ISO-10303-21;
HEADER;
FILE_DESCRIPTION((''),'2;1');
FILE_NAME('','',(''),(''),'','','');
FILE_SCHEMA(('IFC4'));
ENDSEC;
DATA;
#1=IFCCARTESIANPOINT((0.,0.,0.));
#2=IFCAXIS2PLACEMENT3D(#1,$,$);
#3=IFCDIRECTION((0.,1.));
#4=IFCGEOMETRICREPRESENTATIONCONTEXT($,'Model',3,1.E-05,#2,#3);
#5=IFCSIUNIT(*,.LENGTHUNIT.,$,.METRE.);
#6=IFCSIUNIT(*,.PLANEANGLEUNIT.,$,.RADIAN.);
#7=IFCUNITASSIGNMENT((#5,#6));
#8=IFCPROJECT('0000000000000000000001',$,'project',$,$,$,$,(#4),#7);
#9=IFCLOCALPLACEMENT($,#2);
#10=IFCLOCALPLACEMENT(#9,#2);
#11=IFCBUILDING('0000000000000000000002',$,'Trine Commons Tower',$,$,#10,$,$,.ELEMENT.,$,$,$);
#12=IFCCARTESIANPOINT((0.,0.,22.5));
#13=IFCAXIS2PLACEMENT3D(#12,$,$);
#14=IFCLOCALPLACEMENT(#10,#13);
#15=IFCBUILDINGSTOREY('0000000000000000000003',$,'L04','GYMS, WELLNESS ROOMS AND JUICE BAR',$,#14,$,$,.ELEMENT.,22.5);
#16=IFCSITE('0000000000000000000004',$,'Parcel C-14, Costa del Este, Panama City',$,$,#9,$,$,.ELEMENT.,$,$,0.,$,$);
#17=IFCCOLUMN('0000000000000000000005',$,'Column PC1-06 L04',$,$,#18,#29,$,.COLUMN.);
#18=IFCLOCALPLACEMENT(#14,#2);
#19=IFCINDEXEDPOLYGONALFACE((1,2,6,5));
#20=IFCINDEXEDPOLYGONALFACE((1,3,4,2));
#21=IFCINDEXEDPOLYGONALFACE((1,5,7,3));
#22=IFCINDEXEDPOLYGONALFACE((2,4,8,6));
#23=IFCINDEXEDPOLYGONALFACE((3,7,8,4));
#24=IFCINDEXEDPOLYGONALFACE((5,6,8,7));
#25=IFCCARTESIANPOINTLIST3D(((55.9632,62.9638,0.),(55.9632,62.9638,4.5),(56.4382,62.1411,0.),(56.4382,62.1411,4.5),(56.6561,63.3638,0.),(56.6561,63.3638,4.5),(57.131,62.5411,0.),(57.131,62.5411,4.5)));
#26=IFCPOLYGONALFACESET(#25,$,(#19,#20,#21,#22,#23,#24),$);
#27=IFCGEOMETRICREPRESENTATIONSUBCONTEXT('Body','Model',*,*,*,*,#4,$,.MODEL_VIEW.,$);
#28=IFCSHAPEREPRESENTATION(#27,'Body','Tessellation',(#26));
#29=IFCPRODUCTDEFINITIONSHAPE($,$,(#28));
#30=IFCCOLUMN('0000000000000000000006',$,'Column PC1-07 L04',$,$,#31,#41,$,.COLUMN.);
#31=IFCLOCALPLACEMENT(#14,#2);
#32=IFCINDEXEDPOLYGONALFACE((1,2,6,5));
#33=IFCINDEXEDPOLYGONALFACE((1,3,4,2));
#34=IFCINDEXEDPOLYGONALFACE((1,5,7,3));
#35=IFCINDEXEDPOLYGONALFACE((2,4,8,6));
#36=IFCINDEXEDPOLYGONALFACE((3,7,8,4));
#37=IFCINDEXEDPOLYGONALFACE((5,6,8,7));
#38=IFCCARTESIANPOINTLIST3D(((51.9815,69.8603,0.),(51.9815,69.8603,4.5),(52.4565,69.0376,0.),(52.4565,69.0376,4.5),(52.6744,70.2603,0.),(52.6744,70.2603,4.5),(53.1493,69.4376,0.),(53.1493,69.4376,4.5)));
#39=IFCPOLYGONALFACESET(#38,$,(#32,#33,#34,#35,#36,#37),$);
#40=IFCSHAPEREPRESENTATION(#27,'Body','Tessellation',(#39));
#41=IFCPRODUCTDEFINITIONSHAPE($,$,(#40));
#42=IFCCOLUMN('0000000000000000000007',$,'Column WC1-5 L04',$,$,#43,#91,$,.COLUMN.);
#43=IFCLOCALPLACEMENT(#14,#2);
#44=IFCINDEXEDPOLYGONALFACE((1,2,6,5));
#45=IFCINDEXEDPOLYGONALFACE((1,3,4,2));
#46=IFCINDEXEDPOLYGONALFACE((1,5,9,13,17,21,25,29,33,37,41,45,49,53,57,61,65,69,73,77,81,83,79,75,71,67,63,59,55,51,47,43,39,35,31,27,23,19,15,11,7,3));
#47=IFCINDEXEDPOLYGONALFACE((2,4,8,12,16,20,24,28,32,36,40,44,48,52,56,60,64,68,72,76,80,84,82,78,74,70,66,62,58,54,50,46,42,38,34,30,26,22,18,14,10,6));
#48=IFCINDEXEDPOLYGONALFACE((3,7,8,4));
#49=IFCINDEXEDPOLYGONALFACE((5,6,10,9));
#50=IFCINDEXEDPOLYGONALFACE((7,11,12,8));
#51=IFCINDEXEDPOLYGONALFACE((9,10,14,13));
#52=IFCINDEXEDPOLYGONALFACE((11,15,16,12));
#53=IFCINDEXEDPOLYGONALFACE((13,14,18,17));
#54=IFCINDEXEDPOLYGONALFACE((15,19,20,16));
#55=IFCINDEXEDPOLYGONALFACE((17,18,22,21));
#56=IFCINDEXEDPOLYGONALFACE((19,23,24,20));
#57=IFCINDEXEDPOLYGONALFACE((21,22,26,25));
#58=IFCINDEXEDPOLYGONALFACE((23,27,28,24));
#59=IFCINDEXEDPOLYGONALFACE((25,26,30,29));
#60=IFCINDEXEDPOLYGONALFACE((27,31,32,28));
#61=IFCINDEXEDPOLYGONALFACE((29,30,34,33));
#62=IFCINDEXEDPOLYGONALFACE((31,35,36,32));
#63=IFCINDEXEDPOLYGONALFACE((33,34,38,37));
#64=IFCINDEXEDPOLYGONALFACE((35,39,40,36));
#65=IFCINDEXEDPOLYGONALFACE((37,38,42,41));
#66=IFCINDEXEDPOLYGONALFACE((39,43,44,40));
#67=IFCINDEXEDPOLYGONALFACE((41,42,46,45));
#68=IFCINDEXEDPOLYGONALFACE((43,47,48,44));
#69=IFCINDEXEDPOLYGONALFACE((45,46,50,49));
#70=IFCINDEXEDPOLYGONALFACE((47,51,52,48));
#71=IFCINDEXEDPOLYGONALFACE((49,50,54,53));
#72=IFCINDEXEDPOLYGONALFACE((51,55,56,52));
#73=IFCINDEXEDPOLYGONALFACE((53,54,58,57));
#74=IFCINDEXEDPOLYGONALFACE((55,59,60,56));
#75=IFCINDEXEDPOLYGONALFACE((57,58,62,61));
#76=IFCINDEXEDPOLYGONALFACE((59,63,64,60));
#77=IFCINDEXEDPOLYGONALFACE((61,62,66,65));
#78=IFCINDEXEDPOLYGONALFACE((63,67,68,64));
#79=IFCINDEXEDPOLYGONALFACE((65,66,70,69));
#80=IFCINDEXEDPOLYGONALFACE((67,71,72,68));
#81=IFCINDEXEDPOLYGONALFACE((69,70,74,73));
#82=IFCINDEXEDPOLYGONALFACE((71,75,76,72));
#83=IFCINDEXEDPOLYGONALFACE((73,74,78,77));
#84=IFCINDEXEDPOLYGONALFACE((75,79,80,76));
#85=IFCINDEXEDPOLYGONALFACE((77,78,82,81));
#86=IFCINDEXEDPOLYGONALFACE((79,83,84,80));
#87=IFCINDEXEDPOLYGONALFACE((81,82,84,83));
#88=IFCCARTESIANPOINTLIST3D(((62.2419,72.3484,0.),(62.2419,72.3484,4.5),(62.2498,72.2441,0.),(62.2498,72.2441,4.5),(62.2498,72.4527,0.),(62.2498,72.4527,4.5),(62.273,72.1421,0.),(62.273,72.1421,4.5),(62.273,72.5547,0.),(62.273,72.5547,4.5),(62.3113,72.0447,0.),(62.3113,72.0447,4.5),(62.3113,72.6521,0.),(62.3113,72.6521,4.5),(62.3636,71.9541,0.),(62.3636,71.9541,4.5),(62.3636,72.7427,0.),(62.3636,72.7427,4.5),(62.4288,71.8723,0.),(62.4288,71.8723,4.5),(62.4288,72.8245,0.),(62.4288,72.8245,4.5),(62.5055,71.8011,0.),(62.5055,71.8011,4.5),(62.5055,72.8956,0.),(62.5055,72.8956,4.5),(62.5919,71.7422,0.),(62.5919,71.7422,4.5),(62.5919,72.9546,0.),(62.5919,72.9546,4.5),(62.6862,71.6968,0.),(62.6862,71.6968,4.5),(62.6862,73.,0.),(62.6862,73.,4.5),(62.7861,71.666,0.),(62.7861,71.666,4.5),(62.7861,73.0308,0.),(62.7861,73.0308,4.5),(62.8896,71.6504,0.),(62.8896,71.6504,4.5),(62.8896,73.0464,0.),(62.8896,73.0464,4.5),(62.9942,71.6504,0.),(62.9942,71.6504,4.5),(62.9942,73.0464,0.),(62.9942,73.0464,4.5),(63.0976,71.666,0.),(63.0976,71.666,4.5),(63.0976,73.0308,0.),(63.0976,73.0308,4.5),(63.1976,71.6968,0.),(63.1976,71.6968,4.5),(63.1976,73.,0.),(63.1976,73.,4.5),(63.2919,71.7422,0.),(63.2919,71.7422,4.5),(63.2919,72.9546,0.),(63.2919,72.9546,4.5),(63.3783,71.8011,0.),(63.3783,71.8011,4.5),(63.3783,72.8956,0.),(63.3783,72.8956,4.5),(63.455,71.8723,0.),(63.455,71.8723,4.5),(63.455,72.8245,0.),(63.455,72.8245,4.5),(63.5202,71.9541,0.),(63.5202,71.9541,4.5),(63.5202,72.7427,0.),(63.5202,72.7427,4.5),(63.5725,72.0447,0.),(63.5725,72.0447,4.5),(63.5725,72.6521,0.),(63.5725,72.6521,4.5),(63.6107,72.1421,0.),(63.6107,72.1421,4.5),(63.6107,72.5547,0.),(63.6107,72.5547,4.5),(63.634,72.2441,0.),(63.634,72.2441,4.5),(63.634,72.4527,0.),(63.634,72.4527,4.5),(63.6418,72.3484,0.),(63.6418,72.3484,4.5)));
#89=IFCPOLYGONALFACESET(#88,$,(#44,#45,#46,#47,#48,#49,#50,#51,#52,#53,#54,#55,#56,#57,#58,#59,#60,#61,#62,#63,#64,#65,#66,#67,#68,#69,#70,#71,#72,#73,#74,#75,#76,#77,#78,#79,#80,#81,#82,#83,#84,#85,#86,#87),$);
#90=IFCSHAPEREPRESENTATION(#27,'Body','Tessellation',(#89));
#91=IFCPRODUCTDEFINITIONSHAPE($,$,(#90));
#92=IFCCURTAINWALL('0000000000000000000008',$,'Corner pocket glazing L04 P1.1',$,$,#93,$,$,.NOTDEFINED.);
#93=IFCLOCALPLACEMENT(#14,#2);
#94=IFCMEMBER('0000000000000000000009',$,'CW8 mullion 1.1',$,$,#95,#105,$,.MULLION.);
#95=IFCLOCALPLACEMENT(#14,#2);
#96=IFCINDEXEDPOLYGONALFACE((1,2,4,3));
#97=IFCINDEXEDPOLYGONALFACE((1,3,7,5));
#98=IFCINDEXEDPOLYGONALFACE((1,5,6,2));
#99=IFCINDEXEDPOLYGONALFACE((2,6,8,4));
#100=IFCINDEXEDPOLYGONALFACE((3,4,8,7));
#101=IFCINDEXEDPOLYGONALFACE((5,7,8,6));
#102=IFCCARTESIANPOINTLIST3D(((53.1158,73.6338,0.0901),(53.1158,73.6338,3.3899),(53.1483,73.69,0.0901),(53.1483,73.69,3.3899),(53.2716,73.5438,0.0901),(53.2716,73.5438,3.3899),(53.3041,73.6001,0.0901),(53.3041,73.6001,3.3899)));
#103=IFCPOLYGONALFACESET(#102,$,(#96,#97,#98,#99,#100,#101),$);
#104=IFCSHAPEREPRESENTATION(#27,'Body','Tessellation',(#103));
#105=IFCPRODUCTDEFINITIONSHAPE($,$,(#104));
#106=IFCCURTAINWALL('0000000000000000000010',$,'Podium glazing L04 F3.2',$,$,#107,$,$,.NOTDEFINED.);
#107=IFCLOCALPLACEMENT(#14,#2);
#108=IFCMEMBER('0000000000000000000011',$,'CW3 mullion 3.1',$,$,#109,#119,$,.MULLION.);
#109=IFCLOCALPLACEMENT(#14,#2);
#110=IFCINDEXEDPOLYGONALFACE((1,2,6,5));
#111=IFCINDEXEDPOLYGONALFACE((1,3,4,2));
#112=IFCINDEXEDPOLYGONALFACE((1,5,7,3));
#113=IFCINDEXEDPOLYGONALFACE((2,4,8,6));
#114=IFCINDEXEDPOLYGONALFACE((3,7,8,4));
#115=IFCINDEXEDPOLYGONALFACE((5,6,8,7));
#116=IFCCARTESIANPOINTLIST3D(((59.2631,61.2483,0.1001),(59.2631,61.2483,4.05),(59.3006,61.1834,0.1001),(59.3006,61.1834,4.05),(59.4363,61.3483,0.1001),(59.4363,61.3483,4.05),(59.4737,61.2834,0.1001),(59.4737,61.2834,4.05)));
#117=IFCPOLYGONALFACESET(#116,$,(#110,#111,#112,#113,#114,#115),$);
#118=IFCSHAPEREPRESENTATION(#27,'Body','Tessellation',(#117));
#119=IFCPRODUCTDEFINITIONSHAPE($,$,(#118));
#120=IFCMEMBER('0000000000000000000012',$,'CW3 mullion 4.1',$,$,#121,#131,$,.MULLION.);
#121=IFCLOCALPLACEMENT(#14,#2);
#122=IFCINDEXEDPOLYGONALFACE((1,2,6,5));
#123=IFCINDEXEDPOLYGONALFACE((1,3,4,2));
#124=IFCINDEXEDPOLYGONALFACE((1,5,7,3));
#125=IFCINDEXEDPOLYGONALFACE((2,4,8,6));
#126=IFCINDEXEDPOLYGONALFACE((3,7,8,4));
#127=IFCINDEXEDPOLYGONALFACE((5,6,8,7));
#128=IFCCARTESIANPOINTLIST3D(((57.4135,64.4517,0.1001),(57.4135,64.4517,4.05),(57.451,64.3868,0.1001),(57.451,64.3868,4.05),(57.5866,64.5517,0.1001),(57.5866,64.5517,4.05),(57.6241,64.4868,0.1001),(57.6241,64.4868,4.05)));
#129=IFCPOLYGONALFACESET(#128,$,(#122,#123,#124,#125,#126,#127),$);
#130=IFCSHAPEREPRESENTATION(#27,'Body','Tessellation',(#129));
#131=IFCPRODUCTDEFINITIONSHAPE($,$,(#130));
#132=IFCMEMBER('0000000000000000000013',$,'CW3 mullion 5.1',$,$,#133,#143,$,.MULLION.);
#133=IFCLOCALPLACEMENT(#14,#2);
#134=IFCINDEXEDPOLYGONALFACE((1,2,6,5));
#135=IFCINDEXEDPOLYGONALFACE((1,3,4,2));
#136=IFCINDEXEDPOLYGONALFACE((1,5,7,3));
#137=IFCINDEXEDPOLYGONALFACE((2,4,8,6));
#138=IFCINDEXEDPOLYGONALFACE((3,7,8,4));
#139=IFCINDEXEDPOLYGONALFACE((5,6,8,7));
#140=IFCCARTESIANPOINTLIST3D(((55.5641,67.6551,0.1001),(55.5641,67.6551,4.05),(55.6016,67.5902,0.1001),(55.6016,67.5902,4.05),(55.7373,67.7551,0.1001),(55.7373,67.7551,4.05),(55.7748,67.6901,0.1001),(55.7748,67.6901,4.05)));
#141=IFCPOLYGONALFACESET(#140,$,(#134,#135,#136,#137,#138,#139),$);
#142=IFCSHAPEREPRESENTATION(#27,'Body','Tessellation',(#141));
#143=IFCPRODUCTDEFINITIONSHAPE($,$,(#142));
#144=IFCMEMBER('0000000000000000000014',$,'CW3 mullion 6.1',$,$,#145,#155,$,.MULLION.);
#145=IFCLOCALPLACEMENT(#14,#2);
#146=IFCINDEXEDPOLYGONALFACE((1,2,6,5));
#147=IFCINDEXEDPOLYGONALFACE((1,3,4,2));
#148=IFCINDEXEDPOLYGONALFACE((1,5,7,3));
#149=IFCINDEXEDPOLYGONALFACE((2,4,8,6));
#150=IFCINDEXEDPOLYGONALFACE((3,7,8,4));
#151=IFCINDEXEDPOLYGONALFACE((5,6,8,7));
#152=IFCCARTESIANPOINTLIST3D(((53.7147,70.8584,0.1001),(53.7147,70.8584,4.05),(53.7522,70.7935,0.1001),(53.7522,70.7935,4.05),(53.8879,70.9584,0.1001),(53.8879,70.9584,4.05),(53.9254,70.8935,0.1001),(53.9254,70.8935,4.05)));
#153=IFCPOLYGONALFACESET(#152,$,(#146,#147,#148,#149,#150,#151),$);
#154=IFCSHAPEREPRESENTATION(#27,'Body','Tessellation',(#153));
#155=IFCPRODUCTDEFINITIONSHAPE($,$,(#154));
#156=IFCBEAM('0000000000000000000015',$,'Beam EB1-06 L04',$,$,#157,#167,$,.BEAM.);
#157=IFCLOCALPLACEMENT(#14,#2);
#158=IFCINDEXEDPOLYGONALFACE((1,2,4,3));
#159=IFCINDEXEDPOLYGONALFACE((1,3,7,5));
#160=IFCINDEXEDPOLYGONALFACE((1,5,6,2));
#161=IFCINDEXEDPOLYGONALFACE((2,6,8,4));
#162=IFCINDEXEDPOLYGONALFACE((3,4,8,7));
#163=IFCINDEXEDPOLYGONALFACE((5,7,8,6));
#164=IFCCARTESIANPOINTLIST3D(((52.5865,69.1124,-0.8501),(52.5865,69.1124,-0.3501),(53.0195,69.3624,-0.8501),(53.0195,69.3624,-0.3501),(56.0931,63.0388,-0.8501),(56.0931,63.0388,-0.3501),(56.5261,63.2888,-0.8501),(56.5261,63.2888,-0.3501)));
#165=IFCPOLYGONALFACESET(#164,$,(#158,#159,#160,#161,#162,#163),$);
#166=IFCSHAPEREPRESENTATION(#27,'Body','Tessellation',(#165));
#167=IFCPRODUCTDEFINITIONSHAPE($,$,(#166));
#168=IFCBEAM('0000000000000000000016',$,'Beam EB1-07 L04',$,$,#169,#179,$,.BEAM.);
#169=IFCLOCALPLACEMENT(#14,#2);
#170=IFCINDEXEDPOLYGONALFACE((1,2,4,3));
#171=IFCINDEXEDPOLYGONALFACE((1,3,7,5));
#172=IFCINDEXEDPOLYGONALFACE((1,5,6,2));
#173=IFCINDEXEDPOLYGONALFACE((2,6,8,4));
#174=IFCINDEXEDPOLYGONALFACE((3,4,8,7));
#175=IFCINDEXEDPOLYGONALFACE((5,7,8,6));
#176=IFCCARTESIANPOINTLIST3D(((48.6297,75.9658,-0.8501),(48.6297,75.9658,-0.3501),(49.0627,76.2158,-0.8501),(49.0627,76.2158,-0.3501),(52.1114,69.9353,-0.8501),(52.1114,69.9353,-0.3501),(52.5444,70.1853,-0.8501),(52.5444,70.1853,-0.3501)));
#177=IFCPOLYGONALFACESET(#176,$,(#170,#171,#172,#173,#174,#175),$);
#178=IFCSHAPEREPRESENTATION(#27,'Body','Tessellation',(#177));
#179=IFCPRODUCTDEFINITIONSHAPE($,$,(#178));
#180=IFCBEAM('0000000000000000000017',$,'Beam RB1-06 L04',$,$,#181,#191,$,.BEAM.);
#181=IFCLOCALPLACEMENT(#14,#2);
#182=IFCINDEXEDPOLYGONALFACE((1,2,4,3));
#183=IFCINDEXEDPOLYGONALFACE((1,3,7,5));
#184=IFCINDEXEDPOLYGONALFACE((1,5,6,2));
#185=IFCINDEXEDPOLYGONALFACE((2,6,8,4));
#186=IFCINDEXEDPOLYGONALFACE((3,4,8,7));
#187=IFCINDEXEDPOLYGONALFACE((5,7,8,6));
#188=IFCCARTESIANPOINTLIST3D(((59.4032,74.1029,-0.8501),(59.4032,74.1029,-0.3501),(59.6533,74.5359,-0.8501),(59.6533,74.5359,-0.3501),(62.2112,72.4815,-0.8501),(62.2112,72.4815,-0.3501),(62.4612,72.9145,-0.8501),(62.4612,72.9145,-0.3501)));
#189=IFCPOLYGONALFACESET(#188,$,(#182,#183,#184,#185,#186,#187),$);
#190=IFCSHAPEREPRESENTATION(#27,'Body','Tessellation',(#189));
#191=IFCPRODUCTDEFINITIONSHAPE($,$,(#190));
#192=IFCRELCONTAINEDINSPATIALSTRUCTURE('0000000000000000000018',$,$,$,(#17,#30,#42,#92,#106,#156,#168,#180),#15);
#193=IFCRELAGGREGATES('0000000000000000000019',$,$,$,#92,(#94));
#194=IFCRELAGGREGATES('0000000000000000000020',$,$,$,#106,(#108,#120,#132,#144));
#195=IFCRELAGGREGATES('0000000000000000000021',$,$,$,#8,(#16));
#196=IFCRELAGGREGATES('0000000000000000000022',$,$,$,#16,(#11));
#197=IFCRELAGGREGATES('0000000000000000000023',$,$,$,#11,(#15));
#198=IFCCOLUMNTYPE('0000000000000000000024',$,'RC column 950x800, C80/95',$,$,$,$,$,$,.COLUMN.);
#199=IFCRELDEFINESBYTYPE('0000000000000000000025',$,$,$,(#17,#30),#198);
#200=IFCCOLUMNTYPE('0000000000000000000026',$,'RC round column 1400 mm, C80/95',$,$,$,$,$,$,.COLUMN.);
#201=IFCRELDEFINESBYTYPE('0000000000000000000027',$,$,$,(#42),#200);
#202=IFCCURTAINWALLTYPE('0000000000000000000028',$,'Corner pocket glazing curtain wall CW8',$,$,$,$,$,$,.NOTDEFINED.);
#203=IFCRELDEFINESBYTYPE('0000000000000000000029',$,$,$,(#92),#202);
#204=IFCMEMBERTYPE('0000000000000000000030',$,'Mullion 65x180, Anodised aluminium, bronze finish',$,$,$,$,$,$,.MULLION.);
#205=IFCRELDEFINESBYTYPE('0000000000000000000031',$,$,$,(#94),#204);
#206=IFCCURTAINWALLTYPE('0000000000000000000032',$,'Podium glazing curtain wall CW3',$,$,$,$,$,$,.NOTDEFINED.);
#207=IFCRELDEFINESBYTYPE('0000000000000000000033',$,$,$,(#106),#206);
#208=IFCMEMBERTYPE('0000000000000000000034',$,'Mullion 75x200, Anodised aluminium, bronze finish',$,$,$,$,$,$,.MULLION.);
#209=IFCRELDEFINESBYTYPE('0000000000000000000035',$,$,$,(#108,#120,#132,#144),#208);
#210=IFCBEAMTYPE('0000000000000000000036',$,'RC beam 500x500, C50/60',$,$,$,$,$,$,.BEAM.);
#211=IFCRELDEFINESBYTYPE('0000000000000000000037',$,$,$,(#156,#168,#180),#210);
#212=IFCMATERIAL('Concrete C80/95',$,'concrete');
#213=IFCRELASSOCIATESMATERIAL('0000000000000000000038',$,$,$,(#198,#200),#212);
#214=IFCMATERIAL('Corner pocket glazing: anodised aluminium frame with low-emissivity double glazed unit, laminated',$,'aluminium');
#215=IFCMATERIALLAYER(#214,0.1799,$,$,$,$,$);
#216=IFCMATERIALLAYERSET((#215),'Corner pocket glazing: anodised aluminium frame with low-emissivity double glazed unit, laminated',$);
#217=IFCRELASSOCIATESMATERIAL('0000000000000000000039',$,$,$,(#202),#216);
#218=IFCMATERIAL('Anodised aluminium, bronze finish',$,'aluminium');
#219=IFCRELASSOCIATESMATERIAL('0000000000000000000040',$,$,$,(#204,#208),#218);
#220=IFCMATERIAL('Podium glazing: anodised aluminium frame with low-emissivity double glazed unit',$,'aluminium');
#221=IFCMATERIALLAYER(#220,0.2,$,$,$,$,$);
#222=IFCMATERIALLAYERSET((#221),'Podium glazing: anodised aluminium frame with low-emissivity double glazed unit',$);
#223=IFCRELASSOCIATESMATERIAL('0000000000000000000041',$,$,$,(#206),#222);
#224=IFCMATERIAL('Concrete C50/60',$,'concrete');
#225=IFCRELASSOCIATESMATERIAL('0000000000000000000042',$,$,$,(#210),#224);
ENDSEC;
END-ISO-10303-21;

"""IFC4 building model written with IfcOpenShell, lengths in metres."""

from ifc_helpers import new_model, si_unit, direction, frame, origin, origin_2d, place, context, subcontext, project, spatial, rectangle, circle, extrude, material, layer, layer_set, material_profile, profile_set, type_object, element, aggregate, save


model = new_model("IFC4")

# Units and contexts
model_context = context("Model", 3, precision=1e-05, world=origin(), true_north=direction((0.0, 1.0)))
body_context = subcontext(model_context, "Body", "Model", "MODEL_VIEW")
ifc_project = project(units=[si_unit("LENGTHUNIT", "METRE"), si_unit("PLANEANGLEUNIT", "RADIAN")], contexts=[model_context])

# Site, building, storey
site_placement = place(None, origin())
site = spatial("IfcSite", under=ifc_project, at=site_placement, Name="Parcel C-14, Costa del Este, Panama City", CompositionType="ELEMENT", RefElevation=0.0)
building_placement = place(site_placement, origin())
building = spatial("IfcBuilding", under=site, at=building_placement, Name="Trine Commons Tower", CompositionType="ELEMENT")
storey_placement = place(building_placement, frame((0.0, 0.0, 22.5)))
storey = spatial("IfcBuildingStorey", under=building, at=storey_placement, Name="L04", Description="GYMS, WELLNESS ROOMS AND JUICE BAR", CompositionType="ELEMENT", Elevation=22.5)

# Columns
ifc_material_1 = material(Name="Concrete C80/95", Category="concrete")
ifc_material_profile_1 = material_profile(ifc_material_1, rectangle(XDim=0.95, YDim=0.8, at=origin_2d()), Name="RC 950x800")
ifc_profile_set_1 = profile_set([ifc_material_profile_1], Name="Concrete C80/95")
column_type_1 = type_object("IfcColumnType", Name="RC column 950x800, C80/95", PredefinedType="COLUMN", material=ifc_profile_set_1)
for number, where, z_axis, x_axis, name in (
    (1, (56.5471, 62.7524, 0.0), (0.0, 0.0, 1.0), (-0.5, 0.866025, 0.0), "Column PC1-06 L04"),
    (2, (52.5654, 69.6489, 0.0), (0.0, 0.0, 1.0), (-0.5, 0.866025, 0.0), "Column PC1-07 L04"),
):
    element("IfcColumn", number, at=place(storey_placement, frame(where, z_axis=z_axis, x_axis=x_axis)), inside=storey, type_object=column_type_1, Name=name, PredefinedType="COLUMN", context=body_context, shape_type="SweptSolid", body=[
        extrude(rectangle(XDim=0.95, YDim=0.8, at=origin_2d()), origin(), (0.0, 0.0, 1.0), 4.5),
    ])
ifc_material_profile_2 = material_profile(ifc_material_1, circle(Radius=0.7, at=origin_2d()), Name="RC round 1400")
ifc_profile_set_2 = profile_set([ifc_material_profile_2], Name="Concrete C80/95")
column_type_2 = type_object("IfcColumnType", Name="RC round column 1400 mm, C80/95", PredefinedType="COLUMN", material=ifc_profile_set_2)
column_placement = place(storey_placement, frame((62.9419, 72.3484, 0.0), z_axis=(0.0, 0.0, 1.0), x_axis=(1.0, 0.0, 0.0)))
element("IfcColumn", 3, at=column_placement, inside=storey, type_object=column_type_2, Name="Column WC1-5 L04", PredefinedType="COLUMN", context=body_context, shape_type="SweptSolid", body=[
    extrude(circle(Radius=0.7, at=origin_2d()), origin(), (0.0, 0.0, 1.0), 4.5),
])

# Curtain wall, member
ifc_material_2 = material(Name="Corner pocket glazing: anodised aluminium frame with low-emissivity double glazed unit, laminated", Category="aluminium")
ifc_layer_1 = layer(ifc_material_2, 0.1799)
ifc_layer_set_1 = layer_set([ifc_layer_1], Name="Corner pocket glazing: anodised aluminium frame with low-emissivity double glazed unit, laminated")
curtain_wall_type_1 = type_object("IfcCurtainWallType", Name="Corner pocket glazing curtain wall CW8", PredefinedType="NOTDEFINED", material=ifc_layer_set_1)
curtain_wall_1_placement = place(storey_placement, origin())
curtain_wall_1 = element("IfcCurtainWall", 4, at=curtain_wall_1_placement, inside=storey, type_object=curtain_wall_type_1, Name="Corner pocket glazing L04 P1.1", PredefinedType="NOTDEFINED")
ifc_material_3 = material(Name="Anodised aluminium, bronze finish", Category="aluminium")
ifc_material_profile_3 = material_profile(ifc_material_3, rectangle(XDim=0.1799, YDim=0.0649, at=origin_2d()), Name="Mullion 65x180")
ifc_profile_set_3 = profile_set([ifc_material_profile_3], Name="Anodised aluminium, bronze finish")
member_type_1 = type_object("IfcMemberType", Name="Mullion 65x180, Anodised aluminium, bronze finish", PredefinedType="MULLION", material=ifc_profile_set_3)
member_1_placement = place(storey_placement, frame((53.21, 73.6169, 0.0901), z_axis=(0.0, 0.0, 1.0), x_axis=(-0.866025, 0.5, 0.0)))
member_1 = element("IfcMember", 5, at=member_1_placement, type_object=member_type_1, Name="CW8 mullion 1.1", PredefinedType="MULLION", context=body_context, shape_type="SweptSolid", body=[
    extrude(rectangle(XDim=0.1799, YDim=0.0649, at=origin_2d()), origin(), (0.0, 0.0, 1.0), 3.2998),
])

# Curtain wall, members
ifc_material_4 = material(Name="Podium glazing: anodised aluminium frame with low-emissivity double glazed unit", Category="aluminium")
ifc_layer_2 = layer(ifc_material_4, 0.2)
ifc_layer_set_2 = layer_set([ifc_layer_2], Name="Podium glazing: anodised aluminium frame with low-emissivity double glazed unit")
curtain_wall_type_2 = type_object("IfcCurtainWallType", Name="Podium glazing curtain wall CW3", PredefinedType="NOTDEFINED", material=ifc_layer_set_2)
curtain_wall_2_placement = place(storey_placement, origin())
curtain_wall_2 = element("IfcCurtainWall", 6, at=curtain_wall_2_placement, inside=storey, type_object=curtain_wall_type_2, Name="Podium glazing L04 F3.2", PredefinedType="NOTDEFINED")
ifc_material_profile_4 = material_profile(ifc_material_3, rectangle(XDim=0.2, YDim=0.075, at=origin_2d()), Name="Mullion 75x200")
ifc_profile_set_4 = profile_set([ifc_material_profile_4], Name="Anodised aluminium, bronze finish")
member_type_2 = type_object("IfcMemberType", Name="Mullion 75x200, Anodised aluminium, bronze finish", PredefinedType="MULLION", material=ifc_profile_set_4)
member_2_placement = place(storey_placement, frame((59.3684, 61.2659, 0.1001), z_axis=(0.0, 0.0, 1.0), x_axis=(-0.866025, -0.5, 0.0)))
member_2 = element("IfcMember", 7, at=member_2_placement, type_object=member_type_2, Name="CW3 mullion 3.1", PredefinedType="MULLION", context=body_context, shape_type="SweptSolid", body=[
    extrude(rectangle(XDim=0.2, YDim=0.075, at=origin_2d()), origin(), (0.0, 0.0, 1.0), 3.95),
])
member_3_placement = place(storey_placement, frame((57.5188, 64.4692, 0.1001), z_axis=(0.0, 0.0, 1.0), x_axis=(-0.866025, -0.5, 0.0)))
member_3 = element("IfcMember", 8, at=member_3_placement, type_object=member_type_2, Name="CW3 mullion 4.1", PredefinedType="MULLION", context=body_context, shape_type="SweptSolid", body=[
    extrude(rectangle(XDim=0.2, YDim=0.075, at=origin_2d()), origin(), (0.0, 0.0, 1.0), 3.95),
])
member_4_placement = place(storey_placement, frame((55.6694, 67.6726, 0.1001), z_axis=(0.0, 0.0, 1.0), x_axis=(-0.866025, -0.5, 0.0)))
member_4 = element("IfcMember", 9, at=member_4_placement, type_object=member_type_2, Name="CW3 mullion 5.1", PredefinedType="MULLION", context=body_context, shape_type="SweptSolid", body=[
    extrude(rectangle(XDim=0.2, YDim=0.075, at=origin_2d()), origin(), (0.0, 0.0, 1.0), 3.95),
])
member_5_placement = place(storey_placement, frame((53.8201, 70.876, 0.1001), z_axis=(0.0, 0.0, 1.0), x_axis=(-0.866025, -0.5, 0.0)))
member_5 = element("IfcMember", 10, at=member_5_placement, type_object=member_type_2, Name="CW3 mullion 6.1", PredefinedType="MULLION", context=body_context, shape_type="SweptSolid", body=[
    extrude(rectangle(XDim=0.2, YDim=0.075, at=origin_2d()), origin(), (0.0, 0.0, 1.0), 3.95),
])

# Beams
ifc_material_5 = material(Name="Concrete C50/60", Category="concrete")
ifc_material_profile_5 = material_profile(ifc_material_5, rectangle(XDim=0.5, YDim=0.5, at=origin_2d()), Name="RC 500x500")
ifc_profile_set_5 = profile_set([ifc_material_profile_5], Name="Concrete C50/60")
beam_type = type_object("IfcBeamType", Name="RC beam 500x500, C50/60", PredefinedType="BEAM", material=ifc_profile_set_5)
beam_1_placement = place(storey_placement, frame((56.3096, 63.1638, -0.6001), z_axis=(-0.499992, 0.86603, 0.0), x_axis=(-0.86603, -0.499992, 0.0)))
element("IfcBeam", 11, at=beam_1_placement, inside=storey, type_object=beam_type, Name="Beam EB1-06 L04", PredefinedType="BEAM", context=body_context, shape_type="SweptSolid", body=[
    extrude(rectangle(XDim=0.5, YDim=0.5, at=origin_2d()), origin(), (0.0, 0.0, 1.0), 7.0132),
])
beam_2_placement = place(storey_placement, frame((52.3279, 70.0603, -0.6001), z_axis=(-0.499997, 0.866027, 0.0), x_axis=(-0.866027, -0.499997, 0.0)))
element("IfcBeam", 12, at=beam_2_placement, inside=storey, type_object=beam_type, Name="Beam EB1-07 L04", PredefinedType="BEAM", context=body_context, shape_type="SweptSolid", body=[
    extrude(rectangle(XDim=0.5, YDim=0.5, at=origin_2d()), origin(), (0.0, 0.0, 1.0), 6.9634),
])
beam_3_placement = place(storey_placement, frame((62.3362, 72.698, -0.6001), z_axis=(-0.865996, 0.500051, 0.0), x_axis=(-0.500051, -0.865996, 0.0)))
element("IfcBeam", 13, at=beam_3_placement, inside=storey, type_object=beam_type, Name="Beam RB1-06 L04", PredefinedType="BEAM", context=body_context, shape_type="SweptSolid", body=[
    extrude(rectangle(XDim=0.5, YDim=0.5, at=origin_2d()), origin(), (0.0, 0.0, 1.0), 3.2424),
])

aggregate(curtain_wall_1, [member_1])

aggregate(curtain_wall_2, [member_2, member_3, member_4, member_5])

save(model, "model.ifc")
